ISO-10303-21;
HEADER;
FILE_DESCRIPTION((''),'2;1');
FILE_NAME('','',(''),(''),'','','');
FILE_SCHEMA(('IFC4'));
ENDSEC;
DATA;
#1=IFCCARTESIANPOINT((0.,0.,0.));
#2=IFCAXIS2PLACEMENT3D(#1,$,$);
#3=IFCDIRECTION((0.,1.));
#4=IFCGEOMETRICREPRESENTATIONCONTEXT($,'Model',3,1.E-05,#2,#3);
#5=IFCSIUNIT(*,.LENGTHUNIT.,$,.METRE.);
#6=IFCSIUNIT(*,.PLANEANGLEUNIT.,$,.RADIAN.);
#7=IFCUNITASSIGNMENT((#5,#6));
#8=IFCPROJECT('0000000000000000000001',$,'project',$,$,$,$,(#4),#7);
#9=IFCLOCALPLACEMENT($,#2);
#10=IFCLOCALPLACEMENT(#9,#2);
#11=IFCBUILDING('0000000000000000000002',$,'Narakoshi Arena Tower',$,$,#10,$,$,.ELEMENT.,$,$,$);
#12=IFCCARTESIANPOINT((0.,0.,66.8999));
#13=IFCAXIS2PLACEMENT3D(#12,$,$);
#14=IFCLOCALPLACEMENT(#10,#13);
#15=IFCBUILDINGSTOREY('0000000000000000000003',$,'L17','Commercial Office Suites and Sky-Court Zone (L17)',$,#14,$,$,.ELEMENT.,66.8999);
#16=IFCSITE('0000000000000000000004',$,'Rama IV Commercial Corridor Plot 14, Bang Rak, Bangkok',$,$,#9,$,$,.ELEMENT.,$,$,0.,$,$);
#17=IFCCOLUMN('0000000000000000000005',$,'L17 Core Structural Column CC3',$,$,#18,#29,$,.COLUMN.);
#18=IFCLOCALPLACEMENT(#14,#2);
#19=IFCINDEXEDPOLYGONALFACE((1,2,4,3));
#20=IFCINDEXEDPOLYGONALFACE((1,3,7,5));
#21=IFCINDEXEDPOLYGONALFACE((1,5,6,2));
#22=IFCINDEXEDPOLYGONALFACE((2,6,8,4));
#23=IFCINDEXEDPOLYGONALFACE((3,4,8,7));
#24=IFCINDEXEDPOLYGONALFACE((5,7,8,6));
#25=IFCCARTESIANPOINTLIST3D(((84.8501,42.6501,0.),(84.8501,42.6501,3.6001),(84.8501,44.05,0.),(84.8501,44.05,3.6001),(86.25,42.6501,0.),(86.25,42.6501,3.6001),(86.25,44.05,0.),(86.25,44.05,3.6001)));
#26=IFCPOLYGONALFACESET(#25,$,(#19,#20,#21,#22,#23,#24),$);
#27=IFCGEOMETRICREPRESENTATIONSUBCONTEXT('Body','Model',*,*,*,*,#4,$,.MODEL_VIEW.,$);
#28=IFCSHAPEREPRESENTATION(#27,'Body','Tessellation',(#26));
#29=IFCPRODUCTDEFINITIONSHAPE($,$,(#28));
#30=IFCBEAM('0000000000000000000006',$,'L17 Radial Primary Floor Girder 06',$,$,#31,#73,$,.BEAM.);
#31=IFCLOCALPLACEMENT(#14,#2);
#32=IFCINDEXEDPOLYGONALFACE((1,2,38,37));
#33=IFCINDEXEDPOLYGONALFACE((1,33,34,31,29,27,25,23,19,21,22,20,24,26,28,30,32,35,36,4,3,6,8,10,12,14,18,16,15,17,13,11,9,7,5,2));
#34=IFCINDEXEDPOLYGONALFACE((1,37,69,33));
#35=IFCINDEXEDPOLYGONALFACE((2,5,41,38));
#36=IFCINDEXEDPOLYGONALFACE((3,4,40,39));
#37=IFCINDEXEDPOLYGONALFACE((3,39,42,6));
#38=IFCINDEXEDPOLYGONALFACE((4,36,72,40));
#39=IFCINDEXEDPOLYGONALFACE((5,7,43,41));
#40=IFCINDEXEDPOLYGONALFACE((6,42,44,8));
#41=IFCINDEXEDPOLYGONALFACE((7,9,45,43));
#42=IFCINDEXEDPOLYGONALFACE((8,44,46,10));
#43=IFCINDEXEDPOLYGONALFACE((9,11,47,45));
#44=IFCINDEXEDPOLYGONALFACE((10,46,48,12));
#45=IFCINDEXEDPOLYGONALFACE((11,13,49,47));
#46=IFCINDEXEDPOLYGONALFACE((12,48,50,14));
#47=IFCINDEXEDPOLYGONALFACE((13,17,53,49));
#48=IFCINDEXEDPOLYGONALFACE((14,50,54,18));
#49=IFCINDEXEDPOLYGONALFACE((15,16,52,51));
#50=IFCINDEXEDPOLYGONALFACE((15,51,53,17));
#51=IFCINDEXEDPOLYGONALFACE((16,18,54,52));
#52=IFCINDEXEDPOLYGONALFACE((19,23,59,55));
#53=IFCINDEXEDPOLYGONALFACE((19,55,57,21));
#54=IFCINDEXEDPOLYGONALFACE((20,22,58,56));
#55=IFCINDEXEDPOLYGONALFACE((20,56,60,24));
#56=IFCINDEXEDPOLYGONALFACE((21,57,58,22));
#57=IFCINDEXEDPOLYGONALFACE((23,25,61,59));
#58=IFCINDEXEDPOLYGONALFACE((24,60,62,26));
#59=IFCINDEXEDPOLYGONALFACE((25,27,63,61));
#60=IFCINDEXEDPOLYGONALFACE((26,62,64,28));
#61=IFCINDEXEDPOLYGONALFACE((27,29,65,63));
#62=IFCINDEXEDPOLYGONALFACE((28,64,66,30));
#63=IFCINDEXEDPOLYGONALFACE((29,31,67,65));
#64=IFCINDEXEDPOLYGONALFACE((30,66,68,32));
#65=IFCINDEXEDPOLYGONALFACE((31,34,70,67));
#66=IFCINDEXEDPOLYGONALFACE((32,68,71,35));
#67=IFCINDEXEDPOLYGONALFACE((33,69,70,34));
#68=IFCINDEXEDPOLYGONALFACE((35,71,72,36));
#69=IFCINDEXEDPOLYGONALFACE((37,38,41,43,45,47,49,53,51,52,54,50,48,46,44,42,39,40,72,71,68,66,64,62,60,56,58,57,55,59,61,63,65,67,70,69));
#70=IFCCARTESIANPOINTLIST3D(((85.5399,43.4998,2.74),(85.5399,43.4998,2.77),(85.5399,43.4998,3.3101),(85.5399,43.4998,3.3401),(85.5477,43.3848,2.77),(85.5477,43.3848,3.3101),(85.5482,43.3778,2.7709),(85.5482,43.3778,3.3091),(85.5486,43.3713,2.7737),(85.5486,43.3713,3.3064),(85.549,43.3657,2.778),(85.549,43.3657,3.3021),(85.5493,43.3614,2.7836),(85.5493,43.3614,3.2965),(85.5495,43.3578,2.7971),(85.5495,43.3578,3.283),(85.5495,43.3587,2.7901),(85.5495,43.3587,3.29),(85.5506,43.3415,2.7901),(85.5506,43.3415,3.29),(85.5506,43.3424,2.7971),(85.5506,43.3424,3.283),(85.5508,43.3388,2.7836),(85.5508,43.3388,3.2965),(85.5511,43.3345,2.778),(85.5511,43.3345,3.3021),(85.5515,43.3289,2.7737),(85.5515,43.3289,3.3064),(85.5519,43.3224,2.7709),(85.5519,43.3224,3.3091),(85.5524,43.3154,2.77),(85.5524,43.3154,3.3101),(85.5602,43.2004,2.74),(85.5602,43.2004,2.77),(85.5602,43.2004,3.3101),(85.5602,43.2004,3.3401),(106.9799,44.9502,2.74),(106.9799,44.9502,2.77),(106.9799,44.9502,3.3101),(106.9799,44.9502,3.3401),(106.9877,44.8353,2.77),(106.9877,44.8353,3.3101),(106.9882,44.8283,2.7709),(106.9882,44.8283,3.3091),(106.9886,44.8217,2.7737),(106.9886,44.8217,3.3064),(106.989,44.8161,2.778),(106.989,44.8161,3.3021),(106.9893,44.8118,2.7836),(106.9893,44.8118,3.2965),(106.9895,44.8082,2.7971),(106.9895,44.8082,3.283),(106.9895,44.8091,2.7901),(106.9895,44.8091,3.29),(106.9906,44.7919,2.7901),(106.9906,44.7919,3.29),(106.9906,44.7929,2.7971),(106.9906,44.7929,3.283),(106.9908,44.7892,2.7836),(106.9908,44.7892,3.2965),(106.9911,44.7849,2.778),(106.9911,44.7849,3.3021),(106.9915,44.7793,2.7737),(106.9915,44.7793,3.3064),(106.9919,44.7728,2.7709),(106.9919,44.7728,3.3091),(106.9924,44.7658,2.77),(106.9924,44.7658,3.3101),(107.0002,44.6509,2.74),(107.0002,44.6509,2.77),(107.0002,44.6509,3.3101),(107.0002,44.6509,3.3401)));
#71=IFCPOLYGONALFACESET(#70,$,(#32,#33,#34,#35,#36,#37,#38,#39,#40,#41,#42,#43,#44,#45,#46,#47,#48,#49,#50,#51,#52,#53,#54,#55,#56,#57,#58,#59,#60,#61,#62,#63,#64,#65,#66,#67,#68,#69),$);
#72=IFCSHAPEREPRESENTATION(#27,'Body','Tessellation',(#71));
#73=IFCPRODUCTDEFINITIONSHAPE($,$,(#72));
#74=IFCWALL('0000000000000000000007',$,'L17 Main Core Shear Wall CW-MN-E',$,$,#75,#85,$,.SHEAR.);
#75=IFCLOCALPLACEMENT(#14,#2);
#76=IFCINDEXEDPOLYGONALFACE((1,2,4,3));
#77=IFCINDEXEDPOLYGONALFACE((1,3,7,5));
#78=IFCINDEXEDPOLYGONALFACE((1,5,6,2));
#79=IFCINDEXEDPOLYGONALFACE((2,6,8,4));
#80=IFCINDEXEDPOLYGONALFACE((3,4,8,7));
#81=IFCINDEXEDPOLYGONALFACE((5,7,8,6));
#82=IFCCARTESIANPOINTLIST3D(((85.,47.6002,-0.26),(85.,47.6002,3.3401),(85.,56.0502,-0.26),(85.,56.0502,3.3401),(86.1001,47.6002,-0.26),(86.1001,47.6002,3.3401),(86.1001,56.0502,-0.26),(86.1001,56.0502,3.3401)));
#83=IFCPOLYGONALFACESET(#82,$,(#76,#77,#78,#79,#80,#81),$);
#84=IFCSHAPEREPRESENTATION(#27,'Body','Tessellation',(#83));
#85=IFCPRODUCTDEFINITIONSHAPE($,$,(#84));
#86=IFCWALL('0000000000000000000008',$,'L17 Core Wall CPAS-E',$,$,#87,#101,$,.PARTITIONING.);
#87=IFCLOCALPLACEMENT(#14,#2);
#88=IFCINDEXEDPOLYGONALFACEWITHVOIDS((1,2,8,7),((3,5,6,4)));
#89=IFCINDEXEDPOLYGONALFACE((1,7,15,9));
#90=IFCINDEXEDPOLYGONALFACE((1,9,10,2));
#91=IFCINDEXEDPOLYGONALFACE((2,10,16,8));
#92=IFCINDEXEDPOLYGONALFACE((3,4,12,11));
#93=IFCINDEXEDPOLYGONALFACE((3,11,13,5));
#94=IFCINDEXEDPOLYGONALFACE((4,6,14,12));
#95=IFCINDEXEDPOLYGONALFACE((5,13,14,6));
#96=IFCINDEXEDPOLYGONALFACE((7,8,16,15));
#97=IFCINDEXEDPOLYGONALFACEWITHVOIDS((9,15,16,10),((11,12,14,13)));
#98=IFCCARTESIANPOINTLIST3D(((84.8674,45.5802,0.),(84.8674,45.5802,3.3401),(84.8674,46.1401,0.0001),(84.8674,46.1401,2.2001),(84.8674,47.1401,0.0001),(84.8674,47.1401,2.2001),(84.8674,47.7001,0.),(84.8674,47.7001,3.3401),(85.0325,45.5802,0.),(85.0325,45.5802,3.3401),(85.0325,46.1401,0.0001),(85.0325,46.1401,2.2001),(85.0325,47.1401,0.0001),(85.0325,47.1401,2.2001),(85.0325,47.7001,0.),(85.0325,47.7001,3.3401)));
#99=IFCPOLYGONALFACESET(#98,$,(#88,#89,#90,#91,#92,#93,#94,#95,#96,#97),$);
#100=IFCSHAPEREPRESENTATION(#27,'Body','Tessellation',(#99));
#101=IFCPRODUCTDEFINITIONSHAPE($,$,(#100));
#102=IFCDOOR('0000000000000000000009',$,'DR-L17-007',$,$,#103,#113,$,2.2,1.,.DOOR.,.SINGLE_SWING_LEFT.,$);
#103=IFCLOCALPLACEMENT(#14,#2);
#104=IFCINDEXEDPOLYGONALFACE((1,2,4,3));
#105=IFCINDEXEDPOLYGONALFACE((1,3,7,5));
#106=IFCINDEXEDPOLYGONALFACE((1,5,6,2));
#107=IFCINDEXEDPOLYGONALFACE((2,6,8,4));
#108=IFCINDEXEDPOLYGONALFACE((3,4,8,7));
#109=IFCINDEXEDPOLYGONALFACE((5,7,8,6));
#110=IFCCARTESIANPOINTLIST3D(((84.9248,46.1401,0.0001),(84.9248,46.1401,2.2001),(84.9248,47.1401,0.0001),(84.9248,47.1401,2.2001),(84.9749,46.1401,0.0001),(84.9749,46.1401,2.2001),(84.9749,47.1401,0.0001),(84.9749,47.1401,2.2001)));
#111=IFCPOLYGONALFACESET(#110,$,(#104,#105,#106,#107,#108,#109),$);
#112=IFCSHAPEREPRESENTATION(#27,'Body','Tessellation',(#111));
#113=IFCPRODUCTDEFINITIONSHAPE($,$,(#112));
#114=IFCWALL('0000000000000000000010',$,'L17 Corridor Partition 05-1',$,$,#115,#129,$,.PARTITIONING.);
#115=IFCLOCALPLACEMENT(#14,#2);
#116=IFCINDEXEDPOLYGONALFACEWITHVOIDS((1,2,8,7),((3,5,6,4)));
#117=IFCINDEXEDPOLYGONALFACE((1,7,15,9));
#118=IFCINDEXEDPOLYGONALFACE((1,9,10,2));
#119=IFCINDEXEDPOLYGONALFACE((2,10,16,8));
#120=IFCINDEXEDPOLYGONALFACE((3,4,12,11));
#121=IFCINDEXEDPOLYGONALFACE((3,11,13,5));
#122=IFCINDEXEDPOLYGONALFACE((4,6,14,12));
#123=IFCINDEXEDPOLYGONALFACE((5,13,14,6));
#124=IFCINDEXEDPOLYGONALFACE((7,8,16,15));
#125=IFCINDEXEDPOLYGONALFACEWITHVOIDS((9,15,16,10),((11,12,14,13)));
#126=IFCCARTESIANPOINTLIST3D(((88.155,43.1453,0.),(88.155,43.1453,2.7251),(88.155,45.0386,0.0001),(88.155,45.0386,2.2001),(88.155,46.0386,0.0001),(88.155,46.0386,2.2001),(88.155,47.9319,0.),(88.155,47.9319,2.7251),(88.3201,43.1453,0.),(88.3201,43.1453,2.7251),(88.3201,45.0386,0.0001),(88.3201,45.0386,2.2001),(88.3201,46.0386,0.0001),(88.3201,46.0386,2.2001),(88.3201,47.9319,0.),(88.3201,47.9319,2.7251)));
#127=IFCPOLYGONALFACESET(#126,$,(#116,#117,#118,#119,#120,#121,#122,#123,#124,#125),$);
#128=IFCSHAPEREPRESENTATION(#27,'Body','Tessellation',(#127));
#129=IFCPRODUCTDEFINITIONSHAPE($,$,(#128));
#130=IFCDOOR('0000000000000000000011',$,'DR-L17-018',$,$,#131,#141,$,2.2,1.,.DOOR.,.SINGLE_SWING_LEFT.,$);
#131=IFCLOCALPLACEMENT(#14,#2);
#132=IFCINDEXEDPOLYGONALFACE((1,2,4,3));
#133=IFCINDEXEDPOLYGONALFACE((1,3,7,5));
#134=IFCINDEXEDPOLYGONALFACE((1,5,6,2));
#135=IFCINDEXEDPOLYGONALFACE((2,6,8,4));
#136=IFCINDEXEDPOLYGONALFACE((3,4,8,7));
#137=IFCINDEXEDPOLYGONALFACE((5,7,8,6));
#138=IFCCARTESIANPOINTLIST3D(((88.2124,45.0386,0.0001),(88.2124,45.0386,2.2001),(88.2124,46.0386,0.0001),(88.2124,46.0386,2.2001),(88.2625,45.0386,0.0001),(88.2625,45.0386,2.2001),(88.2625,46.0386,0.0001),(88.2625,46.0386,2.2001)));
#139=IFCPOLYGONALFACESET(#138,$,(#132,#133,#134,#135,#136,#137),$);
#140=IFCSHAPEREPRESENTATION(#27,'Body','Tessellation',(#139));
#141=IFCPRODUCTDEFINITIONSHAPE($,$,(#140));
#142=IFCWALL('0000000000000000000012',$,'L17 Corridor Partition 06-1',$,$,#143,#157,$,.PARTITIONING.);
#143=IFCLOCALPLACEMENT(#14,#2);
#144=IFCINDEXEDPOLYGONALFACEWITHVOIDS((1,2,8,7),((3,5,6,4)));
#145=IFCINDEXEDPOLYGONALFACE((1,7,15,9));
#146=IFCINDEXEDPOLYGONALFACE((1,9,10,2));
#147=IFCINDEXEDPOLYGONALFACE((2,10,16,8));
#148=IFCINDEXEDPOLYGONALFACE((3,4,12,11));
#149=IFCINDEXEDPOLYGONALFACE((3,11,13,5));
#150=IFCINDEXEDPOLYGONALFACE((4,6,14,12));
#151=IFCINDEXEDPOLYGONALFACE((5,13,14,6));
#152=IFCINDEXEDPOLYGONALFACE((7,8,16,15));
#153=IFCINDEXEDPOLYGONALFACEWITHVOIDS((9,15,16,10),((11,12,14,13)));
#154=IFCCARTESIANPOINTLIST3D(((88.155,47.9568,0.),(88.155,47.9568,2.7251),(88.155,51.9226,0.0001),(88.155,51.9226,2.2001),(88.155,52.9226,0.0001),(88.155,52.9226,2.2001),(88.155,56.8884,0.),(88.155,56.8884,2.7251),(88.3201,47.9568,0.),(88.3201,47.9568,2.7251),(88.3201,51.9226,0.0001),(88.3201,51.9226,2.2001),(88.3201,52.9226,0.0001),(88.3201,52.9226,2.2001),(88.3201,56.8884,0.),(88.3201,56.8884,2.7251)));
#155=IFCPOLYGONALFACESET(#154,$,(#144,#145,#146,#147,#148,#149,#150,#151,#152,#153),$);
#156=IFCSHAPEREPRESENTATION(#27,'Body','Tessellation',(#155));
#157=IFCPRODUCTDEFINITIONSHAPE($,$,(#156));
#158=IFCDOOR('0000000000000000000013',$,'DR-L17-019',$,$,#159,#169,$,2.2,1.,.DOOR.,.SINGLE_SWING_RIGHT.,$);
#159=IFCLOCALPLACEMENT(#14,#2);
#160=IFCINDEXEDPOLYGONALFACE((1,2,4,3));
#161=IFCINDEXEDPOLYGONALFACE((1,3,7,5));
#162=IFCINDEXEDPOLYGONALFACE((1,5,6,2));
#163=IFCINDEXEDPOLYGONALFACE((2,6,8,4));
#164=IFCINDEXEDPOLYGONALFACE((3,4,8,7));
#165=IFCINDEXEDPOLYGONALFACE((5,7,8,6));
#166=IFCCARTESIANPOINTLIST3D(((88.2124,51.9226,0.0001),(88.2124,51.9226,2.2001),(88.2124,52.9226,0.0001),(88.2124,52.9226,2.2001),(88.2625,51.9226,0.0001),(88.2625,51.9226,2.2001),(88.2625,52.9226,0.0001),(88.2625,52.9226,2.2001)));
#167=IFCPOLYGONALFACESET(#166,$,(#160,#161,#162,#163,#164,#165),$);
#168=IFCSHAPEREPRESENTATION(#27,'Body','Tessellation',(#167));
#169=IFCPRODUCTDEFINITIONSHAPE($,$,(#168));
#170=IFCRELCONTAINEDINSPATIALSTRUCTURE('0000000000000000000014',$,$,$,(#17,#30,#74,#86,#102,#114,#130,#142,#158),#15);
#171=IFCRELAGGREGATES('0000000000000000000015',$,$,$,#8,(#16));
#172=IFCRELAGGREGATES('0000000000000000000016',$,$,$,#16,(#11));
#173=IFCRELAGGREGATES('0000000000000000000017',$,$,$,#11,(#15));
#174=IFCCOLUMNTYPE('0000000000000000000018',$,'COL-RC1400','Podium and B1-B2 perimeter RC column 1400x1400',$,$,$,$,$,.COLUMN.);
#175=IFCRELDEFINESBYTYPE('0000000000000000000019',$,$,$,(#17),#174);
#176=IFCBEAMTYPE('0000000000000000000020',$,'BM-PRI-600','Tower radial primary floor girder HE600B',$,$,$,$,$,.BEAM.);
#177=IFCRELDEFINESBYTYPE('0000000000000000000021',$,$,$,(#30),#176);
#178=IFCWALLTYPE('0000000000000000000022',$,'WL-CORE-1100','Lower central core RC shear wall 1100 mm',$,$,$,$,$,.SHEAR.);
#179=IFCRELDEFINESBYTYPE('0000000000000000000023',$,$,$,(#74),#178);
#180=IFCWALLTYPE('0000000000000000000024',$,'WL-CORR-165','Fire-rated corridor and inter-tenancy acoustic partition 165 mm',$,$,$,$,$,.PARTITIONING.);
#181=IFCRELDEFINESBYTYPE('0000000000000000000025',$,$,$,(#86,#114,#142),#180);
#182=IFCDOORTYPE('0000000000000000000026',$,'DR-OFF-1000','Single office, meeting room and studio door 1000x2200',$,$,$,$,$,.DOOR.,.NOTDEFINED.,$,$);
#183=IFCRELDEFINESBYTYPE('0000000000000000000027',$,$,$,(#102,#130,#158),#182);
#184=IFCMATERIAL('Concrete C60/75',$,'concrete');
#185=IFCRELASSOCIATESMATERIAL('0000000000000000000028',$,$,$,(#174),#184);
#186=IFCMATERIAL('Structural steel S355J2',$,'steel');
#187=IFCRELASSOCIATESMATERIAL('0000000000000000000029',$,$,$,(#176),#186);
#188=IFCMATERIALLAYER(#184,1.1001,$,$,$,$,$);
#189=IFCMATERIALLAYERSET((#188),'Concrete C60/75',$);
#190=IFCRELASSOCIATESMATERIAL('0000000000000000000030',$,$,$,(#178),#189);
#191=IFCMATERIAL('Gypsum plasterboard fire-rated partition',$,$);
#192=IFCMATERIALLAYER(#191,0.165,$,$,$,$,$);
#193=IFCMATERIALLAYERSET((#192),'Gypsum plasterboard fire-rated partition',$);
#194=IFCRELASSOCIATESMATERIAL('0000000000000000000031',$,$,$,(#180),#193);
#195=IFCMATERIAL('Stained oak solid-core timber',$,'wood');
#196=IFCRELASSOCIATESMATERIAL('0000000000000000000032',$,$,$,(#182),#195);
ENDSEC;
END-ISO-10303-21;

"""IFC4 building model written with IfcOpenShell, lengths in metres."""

from ifc_helpers import new_model, si_unit, direction, frame, frame_2d, origin, origin_2d, place, context, subcontext, project, spatial, rectangle, i_section, extrude, material, layer, layer_set, material_profile, profile_set, type_object, element, fill, save


model = new_model("IFC4")

# Units and contexts
model_context = context("Model", 3, precision=1e-05, world=origin(), true_north=direction((0.0, 1.0)))
body_context = subcontext(model_context, "Body", "Model", "MODEL_VIEW")
ifc_project = project(units=[si_unit("LENGTHUNIT", "METRE"), si_unit("PLANEANGLEUNIT", "RADIAN")], contexts=[model_context])

# Site, building, storey
site_placement = place(None, origin())
site = spatial("IfcSite", under=ifc_project, at=site_placement, Name="Rama IV Commercial Corridor Plot 14, Bang Rak, Bangkok", CompositionType="ELEMENT", RefElevation=0.0)
building_placement = place(site_placement, origin())
building = spatial("IfcBuilding", under=site, at=building_placement, Name="Narakoshi Arena Tower", CompositionType="ELEMENT")
storey_placement = place(building_placement, frame((0.0, 0.0, 66.8999)))
storey = spatial("IfcBuildingStorey", under=building, at=storey_placement, Name="L17", Description="Commercial Office Suites and Sky-Court Zone (L17)", CompositionType="ELEMENT", Elevation=66.8999)

# Column
ifc_material_1 = material(Name="Concrete C60/75", Category="concrete")
ifc_material_profile_1 = material_profile(ifc_material_1, rectangle(XDim=1.3999, YDim=1.3999, at=origin_2d()), Name="RC1400x1400")
ifc_profile_set_1 = profile_set([ifc_material_profile_1], Name="Concrete C60/75")
column_type = type_object("IfcColumnType", Name="COL-RC1400", Description="Podium and B1-B2 perimeter RC column 1400x1400", PredefinedType="COLUMN", material=ifc_profile_set_1)
column_placement = place(storey_placement, frame((85.55, 43.3501, 0.0), z_axis=(0.0, 0.0, 1.0), x_axis=(1.0, 0.0, 0.0)))
element("IfcColumn", 1, at=column_placement, inside=storey, type_object=column_type, Name="L17 Core Structural Column CC3", PredefinedType="COLUMN", context=body_context, shape_type="SweptSolid", body=[
    extrude(rectangle(XDim=1.3999, YDim=1.3999, at=origin_2d()), origin(), (0.0, 0.0, 1.0), 3.6001),
])

# Beam
ifc_material_2 = material(Name="Structural steel S355J2", Category="steel")
ifc_material_profile_2 = material_profile(ifc_material_2, i_section(OverallWidth=0.3, OverallDepth=0.6001, WebThickness=0.0154, FlangeThickness=0.03, FilletRadius=0.0271, at=origin_2d()), Name="HE600B")
ifc_profile_set_2 = profile_set([ifc_material_profile_2], Name="Structural steel S355J2")
beam_type = type_object("IfcBeamType", Name="BM-PRI-600", Description="Tower radial primary floor girder HE600B", PredefinedType="BEAM", material=ifc_profile_set_2)
beam_placement = place(storey_placement, frame((85.55, 43.3501, 3.04), z_axis=(0.997719, 0.067497, 0.0), x_axis=(-0.067497, 0.997719, 0.0)))
element("IfcBeam", 2, at=beam_placement, inside=storey, type_object=beam_type, Name="L17 Radial Primary Floor Girder 06", PredefinedType="BEAM", context=body_context, shape_type="SweptSolid", body=[
    extrude(i_section(OverallWidth=0.3, OverallDepth=0.6001, WebThickness=0.0154, FlangeThickness=0.03, FilletRadius=0.0271, at=origin_2d()), origin(), (0.0, 0.0, 1.0), 21.489),
])

# Wall
ifc_layer_1 = layer(ifc_material_1, 1.1001)
ifc_layer_set_1 = layer_set([ifc_layer_1], Name="Concrete C60/75")
wall_type_1 = type_object("IfcWallType", Name="WL-CORE-1100", Description="Lower central core RC shear wall 1100 mm", PredefinedType="SHEAR", material=ifc_layer_set_1)
wall_1_placement = place(storey_placement, frame((85.55, 47.6001, -0.26), z_axis=(0.0, 0.0, 1.0), x_axis=(0.0, 1.0, 0.0)))
element("IfcWall", 3, at=wall_1_placement, inside=storey, type_object=wall_type_1, Name="L17 Main Core Shear Wall CW-MN-E", PredefinedType="SHEAR", context=body_context, shape_type="SweptSolid", body=[
    extrude(rectangle(XDim=8.45, YDim=1.1001, at=frame_2d((4.2251, 0.0))), origin(), (0.0, 0.0, 1.0), 3.6001),
])

# Walls, openings, doors
ifc_material_3 = material(Name="Gypsum plasterboard fire-rated partition")
ifc_layer_2 = layer(ifc_material_3, 0.165)
ifc_layer_set_2 = layer_set([ifc_layer_2], Name="Gypsum plasterboard fire-rated partition")
wall_type_2 = type_object("IfcWallType", Name="WL-CORR-165", Description="Fire-rated corridor and inter-tenancy acoustic partition 165 mm", PredefinedType="PARTITIONING", material=ifc_layer_set_2)
wall_2_placement = place(storey_placement, frame((84.95, 45.5801, 0.0), z_axis=(0.0, 0.0, 1.0), x_axis=(0.0, 1.0, 0.0)))
wall_2 = element("IfcWall", 4, at=wall_2_placement, inside=storey, type_object=wall_type_2, Name="L17 Core Wall CPAS-E", PredefinedType="PARTITIONING", context=body_context, shape_type="SweptSolid", body=[
    extrude(rectangle(XDim=2.1199, YDim=0.165, at=frame_2d((1.0601, 0.0))), origin(), (0.0, 0.0, 1.0), 3.3401),
])
opening_1_placement = place(wall_2_placement, frame((0.5601, 0.0, 0.0)))
opening_1 = element("IfcOpeningElement", 5, at=opening_1_placement, cuts=wall_2, PredefinedType="OPENING", context=body_context, shape_type="SweptSolid", body=[
    extrude(rectangle(XDim=1.0, YDim=2.2, at=frame_2d((0.5, 1.1001))), frame((0.0, 0.0925, 0.0), z_axis=(0.0, -1.0, 0.0), x_axis=(1.0, 0.0, 0.0)), (0.0, 0.0, 1.0), 0.1851),
])
ifc_material_4 = material(Name="Stained oak solid-core timber", Category="wood")
door_type_1 = type_object("IfcDoorType", Name="DR-OFF-1000", Description="Single office, meeting room and studio door 1000x2200", OperationType="NOTDEFINED", PredefinedType="DOOR", material=ifc_material_4)
door_1_placement = place(opening_1_placement, frame((1.0, 0.0, 0.0), z_axis=(0.0, 0.0, 1.0), x_axis=(-1.0, 0.0, 0.0)))
door_1 = element("IfcDoor", 6, at=door_1_placement, inside=storey, type_object=door_type_1, Name="DR-L17-007", OperationType="SINGLE_SWING_LEFT", OverallHeight=2.2, OverallWidth=1.0, PredefinedType="DOOR", context=body_context, shape_type="SweptSolid", body=[
    extrude(rectangle(XDim=1.0, YDim=2.2, at=frame_2d((0.5, 1.1001))), frame((0.0, 0.0249, 0.0), z_axis=(0.0, -1.0, 0.0), x_axis=(1.0, 0.0, 0.0)), (0.0, 0.0, 1.0), 0.05),
])
fill(opening_1, door_1)
wall_3_placement = place(storey_placement, frame((88.2375, 43.1453, 0.0), z_axis=(0.0, 0.0, 1.0), x_axis=(0.0, 1.0, 0.0)))
wall_3 = element("IfcWall", 7, at=wall_3_placement, inside=storey, type_object=wall_type_2, Name="L17 Corridor Partition 05-1", PredefinedType="PARTITIONING", context=body_context, shape_type="SweptSolid", body=[
    extrude(rectangle(XDim=4.7866, YDim=0.165, at=frame_2d((2.3933, 0.0))), origin(), (0.0, 0.0, 1.0), 2.7251),
])
opening_2_placement = place(wall_3_placement, frame((1.8933, 0.0, 0.0)))
opening_2 = element("IfcOpeningElement", 8, at=opening_2_placement, cuts=wall_3, PredefinedType="OPENING", context=body_context, shape_type="SweptSolid", body=[
    extrude(rectangle(XDim=1.0, YDim=2.2, at=frame_2d((0.5, 1.1001))), frame((0.0, 0.0925, 0.0), z_axis=(0.0, -1.0, 0.0), x_axis=(1.0, 0.0, 0.0)), (0.0, 0.0, 1.0), 0.1851),
])
door_2_placement = place(opening_2_placement, frame((1.0, 0.0, 0.0), z_axis=(0.0, 0.0, 1.0), x_axis=(-1.0, 0.0, 0.0)))
door_2 = element("IfcDoor", 9, at=door_2_placement, inside=storey, type_object=door_type_1, Name="DR-L17-018", OperationType="SINGLE_SWING_LEFT", OverallHeight=2.2, OverallWidth=1.0, PredefinedType="DOOR", context=body_context, shape_type="SweptSolid", body=[
    extrude(rectangle(XDim=1.0, YDim=2.2, at=frame_2d((0.5, 1.1001))), frame((0.0, 0.0249, 0.0), z_axis=(0.0, -1.0, 0.0), x_axis=(1.0, 0.0, 0.0)), (0.0, 0.0, 1.0), 0.05),
])
fill(opening_2, door_2)
wall_4_placement = place(storey_placement, frame((88.2375, 47.9568, 0.0), z_axis=(0.0, 0.0, 1.0), x_axis=(0.0, 1.0, 0.0)))
wall_4 = element("IfcWall", 10, at=wall_4_placement, inside=storey, type_object=wall_type_2, Name="L17 Corridor Partition 06-1", PredefinedType="PARTITIONING", context=body_context, shape_type="SweptSolid", body=[
    extrude(rectangle(XDim=8.9316, YDim=0.165, at=frame_2d((4.4658, 0.0))), origin(), (0.0, 0.0, 1.0), 2.7251),
])
opening_3_placement = place(wall_4_placement, frame((3.9658, 0.0, 0.0)))
opening_3 = element("IfcOpeningElement", 11, at=opening_3_placement, cuts=wall_4, PredefinedType="OPENING", context=body_context, shape_type="SweptSolid", body=[
    extrude(rectangle(XDim=1.0, YDim=2.2, at=frame_2d((0.5, 1.1001))), frame((0.0, 0.0925, 0.0), z_axis=(0.0, -1.0, 0.0), x_axis=(1.0, 0.0, 0.0)), (0.0, 0.0, 1.0), 0.1851),
])
door_3_placement = place(opening_3_placement, frame((1.0, 0.0, 0.0), z_axis=(0.0, 0.0, 1.0), x_axis=(-1.0, 0.0, 0.0)))
door_3 = element("IfcDoor", 12, at=door_3_placement, inside=storey, type_object=door_type_1, Name="DR-L17-019", OperationType="SINGLE_SWING_RIGHT", OverallHeight=2.2, OverallWidth=1.0, PredefinedType="DOOR", context=body_context, shape_type="SweptSolid", body=[
    extrude(rectangle(XDim=1.0, YDim=2.2, at=frame_2d((0.5, 1.1001))), frame((0.0, 0.0249, 0.0), z_axis=(0.0, -1.0, 0.0), x_axis=(1.0, 0.0, 0.0)), (0.0, 0.0, 1.0), 0.05),
])
fill(opening_3, door_3)

save(model, "model.ifc")
